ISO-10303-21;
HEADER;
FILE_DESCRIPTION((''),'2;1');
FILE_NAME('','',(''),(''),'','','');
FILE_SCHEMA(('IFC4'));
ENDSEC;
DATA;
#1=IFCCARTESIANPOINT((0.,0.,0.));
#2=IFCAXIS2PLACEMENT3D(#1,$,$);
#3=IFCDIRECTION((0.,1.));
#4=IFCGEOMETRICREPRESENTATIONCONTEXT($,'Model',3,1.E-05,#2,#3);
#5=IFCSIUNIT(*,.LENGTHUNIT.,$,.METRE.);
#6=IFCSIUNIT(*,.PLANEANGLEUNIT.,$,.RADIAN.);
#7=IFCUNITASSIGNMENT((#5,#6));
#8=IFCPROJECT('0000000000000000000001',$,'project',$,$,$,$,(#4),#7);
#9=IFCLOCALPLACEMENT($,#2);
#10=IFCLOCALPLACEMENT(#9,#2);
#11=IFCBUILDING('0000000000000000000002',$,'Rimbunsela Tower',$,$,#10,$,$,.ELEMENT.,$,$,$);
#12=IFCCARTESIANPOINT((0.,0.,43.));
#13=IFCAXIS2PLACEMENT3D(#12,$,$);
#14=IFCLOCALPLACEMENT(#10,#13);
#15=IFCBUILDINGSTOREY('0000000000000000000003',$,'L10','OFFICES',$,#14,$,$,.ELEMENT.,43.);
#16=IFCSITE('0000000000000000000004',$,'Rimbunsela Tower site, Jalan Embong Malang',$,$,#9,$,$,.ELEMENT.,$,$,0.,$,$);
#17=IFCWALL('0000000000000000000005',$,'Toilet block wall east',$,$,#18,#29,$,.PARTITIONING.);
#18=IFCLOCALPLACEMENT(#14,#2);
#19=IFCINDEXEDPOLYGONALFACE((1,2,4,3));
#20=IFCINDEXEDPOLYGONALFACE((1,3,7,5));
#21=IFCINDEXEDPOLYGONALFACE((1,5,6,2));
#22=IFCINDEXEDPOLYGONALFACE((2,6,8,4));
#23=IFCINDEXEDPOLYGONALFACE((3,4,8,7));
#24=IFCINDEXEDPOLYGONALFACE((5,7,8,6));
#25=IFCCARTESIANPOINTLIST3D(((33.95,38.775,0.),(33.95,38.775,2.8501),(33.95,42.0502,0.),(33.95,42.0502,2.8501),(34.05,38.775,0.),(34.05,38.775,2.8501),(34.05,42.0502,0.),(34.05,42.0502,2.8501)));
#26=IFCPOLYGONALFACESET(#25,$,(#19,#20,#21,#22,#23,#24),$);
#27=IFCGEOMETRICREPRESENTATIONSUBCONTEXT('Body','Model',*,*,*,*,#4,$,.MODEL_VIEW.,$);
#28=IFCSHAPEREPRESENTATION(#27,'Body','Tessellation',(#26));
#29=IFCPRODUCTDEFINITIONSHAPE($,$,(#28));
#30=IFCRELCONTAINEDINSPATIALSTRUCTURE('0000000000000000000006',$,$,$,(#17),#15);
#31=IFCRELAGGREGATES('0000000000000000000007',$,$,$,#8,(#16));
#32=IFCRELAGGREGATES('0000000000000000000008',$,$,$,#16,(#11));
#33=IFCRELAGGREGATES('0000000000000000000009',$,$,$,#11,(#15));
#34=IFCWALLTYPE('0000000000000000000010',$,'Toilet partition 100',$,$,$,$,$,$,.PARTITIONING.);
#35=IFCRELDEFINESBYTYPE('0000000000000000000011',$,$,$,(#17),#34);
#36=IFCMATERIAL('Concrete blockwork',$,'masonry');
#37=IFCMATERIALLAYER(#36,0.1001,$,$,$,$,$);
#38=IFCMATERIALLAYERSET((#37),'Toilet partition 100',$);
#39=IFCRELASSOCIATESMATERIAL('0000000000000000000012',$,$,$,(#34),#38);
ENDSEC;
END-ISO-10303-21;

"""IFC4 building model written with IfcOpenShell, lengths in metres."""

from ifc_helpers import new_model, si_unit, direction, frame, frame_2d, origin, place, context, subcontext, project, spatial, rectangle, extrude, material, layer, layer_set, type_object, element, save


model = new_model("IFC4")

# Units and contexts
model_context = context("Model", 3, precision=1e-05, world=origin(), true_north=direction((0.0, 1.0)))
body_context = subcontext(model_context, "Body", "Model", "MODEL_VIEW")
ifc_project = project(units=[si_unit("LENGTHUNIT", "METRE"), si_unit("PLANEANGLEUNIT", "RADIAN")], contexts=[model_context])

# Site, building, storey
site_placement = place(None, origin())
site = spatial("IfcSite", under=ifc_project, at=site_placement, Name="Rimbunsela Tower site, Jalan Embong Malang", CompositionType="ELEMENT", RefElevation=0.0)
building_placement = place(site_placement, origin())
building = spatial("IfcBuilding", under=site, at=building_placement, Name="Rimbunsela Tower", CompositionType="ELEMENT")
storey_placement = place(building_placement, frame((0.0, 0.0, 43.0)))
storey = spatial("IfcBuildingStorey", under=building, at=storey_placement, Name="L10", Description="OFFICES", CompositionType="ELEMENT", Elevation=43.0)

# Wall
ifc_material_1 = material(Name="Concrete blockwork", Category="masonry")
ifc_layer_1 = layer(ifc_material_1, 0.1001)
ifc_layer_set_1 = layer_set([ifc_layer_1], Name="Toilet partition 100")
wall_type_1 = type_object("IfcWallType", Name="Toilet partition 100", PredefinedType="PARTITIONING", material=ifc_layer_set_1)
wall_1_placement = place(storey_placement, frame((34.0, 38.7749, 0.0), z_axis=(0.0, 0.0, 1.0), x_axis=(0.0, 1.0, 0.0)))
element("IfcWall", 1, at=wall_1_placement, inside=storey, type_object=wall_type_1, Name="Toilet block wall east", PredefinedType="PARTITIONING", context=body_context, shape_type="SweptSolid", body=[
    extrude(rectangle(XDim=3.2751, YDim=0.1001, at=frame_2d((1.6377, 0.0))), origin(), (0.0, 0.0, 1.0), 2.8501),
])

save(model, "model.ifc")
